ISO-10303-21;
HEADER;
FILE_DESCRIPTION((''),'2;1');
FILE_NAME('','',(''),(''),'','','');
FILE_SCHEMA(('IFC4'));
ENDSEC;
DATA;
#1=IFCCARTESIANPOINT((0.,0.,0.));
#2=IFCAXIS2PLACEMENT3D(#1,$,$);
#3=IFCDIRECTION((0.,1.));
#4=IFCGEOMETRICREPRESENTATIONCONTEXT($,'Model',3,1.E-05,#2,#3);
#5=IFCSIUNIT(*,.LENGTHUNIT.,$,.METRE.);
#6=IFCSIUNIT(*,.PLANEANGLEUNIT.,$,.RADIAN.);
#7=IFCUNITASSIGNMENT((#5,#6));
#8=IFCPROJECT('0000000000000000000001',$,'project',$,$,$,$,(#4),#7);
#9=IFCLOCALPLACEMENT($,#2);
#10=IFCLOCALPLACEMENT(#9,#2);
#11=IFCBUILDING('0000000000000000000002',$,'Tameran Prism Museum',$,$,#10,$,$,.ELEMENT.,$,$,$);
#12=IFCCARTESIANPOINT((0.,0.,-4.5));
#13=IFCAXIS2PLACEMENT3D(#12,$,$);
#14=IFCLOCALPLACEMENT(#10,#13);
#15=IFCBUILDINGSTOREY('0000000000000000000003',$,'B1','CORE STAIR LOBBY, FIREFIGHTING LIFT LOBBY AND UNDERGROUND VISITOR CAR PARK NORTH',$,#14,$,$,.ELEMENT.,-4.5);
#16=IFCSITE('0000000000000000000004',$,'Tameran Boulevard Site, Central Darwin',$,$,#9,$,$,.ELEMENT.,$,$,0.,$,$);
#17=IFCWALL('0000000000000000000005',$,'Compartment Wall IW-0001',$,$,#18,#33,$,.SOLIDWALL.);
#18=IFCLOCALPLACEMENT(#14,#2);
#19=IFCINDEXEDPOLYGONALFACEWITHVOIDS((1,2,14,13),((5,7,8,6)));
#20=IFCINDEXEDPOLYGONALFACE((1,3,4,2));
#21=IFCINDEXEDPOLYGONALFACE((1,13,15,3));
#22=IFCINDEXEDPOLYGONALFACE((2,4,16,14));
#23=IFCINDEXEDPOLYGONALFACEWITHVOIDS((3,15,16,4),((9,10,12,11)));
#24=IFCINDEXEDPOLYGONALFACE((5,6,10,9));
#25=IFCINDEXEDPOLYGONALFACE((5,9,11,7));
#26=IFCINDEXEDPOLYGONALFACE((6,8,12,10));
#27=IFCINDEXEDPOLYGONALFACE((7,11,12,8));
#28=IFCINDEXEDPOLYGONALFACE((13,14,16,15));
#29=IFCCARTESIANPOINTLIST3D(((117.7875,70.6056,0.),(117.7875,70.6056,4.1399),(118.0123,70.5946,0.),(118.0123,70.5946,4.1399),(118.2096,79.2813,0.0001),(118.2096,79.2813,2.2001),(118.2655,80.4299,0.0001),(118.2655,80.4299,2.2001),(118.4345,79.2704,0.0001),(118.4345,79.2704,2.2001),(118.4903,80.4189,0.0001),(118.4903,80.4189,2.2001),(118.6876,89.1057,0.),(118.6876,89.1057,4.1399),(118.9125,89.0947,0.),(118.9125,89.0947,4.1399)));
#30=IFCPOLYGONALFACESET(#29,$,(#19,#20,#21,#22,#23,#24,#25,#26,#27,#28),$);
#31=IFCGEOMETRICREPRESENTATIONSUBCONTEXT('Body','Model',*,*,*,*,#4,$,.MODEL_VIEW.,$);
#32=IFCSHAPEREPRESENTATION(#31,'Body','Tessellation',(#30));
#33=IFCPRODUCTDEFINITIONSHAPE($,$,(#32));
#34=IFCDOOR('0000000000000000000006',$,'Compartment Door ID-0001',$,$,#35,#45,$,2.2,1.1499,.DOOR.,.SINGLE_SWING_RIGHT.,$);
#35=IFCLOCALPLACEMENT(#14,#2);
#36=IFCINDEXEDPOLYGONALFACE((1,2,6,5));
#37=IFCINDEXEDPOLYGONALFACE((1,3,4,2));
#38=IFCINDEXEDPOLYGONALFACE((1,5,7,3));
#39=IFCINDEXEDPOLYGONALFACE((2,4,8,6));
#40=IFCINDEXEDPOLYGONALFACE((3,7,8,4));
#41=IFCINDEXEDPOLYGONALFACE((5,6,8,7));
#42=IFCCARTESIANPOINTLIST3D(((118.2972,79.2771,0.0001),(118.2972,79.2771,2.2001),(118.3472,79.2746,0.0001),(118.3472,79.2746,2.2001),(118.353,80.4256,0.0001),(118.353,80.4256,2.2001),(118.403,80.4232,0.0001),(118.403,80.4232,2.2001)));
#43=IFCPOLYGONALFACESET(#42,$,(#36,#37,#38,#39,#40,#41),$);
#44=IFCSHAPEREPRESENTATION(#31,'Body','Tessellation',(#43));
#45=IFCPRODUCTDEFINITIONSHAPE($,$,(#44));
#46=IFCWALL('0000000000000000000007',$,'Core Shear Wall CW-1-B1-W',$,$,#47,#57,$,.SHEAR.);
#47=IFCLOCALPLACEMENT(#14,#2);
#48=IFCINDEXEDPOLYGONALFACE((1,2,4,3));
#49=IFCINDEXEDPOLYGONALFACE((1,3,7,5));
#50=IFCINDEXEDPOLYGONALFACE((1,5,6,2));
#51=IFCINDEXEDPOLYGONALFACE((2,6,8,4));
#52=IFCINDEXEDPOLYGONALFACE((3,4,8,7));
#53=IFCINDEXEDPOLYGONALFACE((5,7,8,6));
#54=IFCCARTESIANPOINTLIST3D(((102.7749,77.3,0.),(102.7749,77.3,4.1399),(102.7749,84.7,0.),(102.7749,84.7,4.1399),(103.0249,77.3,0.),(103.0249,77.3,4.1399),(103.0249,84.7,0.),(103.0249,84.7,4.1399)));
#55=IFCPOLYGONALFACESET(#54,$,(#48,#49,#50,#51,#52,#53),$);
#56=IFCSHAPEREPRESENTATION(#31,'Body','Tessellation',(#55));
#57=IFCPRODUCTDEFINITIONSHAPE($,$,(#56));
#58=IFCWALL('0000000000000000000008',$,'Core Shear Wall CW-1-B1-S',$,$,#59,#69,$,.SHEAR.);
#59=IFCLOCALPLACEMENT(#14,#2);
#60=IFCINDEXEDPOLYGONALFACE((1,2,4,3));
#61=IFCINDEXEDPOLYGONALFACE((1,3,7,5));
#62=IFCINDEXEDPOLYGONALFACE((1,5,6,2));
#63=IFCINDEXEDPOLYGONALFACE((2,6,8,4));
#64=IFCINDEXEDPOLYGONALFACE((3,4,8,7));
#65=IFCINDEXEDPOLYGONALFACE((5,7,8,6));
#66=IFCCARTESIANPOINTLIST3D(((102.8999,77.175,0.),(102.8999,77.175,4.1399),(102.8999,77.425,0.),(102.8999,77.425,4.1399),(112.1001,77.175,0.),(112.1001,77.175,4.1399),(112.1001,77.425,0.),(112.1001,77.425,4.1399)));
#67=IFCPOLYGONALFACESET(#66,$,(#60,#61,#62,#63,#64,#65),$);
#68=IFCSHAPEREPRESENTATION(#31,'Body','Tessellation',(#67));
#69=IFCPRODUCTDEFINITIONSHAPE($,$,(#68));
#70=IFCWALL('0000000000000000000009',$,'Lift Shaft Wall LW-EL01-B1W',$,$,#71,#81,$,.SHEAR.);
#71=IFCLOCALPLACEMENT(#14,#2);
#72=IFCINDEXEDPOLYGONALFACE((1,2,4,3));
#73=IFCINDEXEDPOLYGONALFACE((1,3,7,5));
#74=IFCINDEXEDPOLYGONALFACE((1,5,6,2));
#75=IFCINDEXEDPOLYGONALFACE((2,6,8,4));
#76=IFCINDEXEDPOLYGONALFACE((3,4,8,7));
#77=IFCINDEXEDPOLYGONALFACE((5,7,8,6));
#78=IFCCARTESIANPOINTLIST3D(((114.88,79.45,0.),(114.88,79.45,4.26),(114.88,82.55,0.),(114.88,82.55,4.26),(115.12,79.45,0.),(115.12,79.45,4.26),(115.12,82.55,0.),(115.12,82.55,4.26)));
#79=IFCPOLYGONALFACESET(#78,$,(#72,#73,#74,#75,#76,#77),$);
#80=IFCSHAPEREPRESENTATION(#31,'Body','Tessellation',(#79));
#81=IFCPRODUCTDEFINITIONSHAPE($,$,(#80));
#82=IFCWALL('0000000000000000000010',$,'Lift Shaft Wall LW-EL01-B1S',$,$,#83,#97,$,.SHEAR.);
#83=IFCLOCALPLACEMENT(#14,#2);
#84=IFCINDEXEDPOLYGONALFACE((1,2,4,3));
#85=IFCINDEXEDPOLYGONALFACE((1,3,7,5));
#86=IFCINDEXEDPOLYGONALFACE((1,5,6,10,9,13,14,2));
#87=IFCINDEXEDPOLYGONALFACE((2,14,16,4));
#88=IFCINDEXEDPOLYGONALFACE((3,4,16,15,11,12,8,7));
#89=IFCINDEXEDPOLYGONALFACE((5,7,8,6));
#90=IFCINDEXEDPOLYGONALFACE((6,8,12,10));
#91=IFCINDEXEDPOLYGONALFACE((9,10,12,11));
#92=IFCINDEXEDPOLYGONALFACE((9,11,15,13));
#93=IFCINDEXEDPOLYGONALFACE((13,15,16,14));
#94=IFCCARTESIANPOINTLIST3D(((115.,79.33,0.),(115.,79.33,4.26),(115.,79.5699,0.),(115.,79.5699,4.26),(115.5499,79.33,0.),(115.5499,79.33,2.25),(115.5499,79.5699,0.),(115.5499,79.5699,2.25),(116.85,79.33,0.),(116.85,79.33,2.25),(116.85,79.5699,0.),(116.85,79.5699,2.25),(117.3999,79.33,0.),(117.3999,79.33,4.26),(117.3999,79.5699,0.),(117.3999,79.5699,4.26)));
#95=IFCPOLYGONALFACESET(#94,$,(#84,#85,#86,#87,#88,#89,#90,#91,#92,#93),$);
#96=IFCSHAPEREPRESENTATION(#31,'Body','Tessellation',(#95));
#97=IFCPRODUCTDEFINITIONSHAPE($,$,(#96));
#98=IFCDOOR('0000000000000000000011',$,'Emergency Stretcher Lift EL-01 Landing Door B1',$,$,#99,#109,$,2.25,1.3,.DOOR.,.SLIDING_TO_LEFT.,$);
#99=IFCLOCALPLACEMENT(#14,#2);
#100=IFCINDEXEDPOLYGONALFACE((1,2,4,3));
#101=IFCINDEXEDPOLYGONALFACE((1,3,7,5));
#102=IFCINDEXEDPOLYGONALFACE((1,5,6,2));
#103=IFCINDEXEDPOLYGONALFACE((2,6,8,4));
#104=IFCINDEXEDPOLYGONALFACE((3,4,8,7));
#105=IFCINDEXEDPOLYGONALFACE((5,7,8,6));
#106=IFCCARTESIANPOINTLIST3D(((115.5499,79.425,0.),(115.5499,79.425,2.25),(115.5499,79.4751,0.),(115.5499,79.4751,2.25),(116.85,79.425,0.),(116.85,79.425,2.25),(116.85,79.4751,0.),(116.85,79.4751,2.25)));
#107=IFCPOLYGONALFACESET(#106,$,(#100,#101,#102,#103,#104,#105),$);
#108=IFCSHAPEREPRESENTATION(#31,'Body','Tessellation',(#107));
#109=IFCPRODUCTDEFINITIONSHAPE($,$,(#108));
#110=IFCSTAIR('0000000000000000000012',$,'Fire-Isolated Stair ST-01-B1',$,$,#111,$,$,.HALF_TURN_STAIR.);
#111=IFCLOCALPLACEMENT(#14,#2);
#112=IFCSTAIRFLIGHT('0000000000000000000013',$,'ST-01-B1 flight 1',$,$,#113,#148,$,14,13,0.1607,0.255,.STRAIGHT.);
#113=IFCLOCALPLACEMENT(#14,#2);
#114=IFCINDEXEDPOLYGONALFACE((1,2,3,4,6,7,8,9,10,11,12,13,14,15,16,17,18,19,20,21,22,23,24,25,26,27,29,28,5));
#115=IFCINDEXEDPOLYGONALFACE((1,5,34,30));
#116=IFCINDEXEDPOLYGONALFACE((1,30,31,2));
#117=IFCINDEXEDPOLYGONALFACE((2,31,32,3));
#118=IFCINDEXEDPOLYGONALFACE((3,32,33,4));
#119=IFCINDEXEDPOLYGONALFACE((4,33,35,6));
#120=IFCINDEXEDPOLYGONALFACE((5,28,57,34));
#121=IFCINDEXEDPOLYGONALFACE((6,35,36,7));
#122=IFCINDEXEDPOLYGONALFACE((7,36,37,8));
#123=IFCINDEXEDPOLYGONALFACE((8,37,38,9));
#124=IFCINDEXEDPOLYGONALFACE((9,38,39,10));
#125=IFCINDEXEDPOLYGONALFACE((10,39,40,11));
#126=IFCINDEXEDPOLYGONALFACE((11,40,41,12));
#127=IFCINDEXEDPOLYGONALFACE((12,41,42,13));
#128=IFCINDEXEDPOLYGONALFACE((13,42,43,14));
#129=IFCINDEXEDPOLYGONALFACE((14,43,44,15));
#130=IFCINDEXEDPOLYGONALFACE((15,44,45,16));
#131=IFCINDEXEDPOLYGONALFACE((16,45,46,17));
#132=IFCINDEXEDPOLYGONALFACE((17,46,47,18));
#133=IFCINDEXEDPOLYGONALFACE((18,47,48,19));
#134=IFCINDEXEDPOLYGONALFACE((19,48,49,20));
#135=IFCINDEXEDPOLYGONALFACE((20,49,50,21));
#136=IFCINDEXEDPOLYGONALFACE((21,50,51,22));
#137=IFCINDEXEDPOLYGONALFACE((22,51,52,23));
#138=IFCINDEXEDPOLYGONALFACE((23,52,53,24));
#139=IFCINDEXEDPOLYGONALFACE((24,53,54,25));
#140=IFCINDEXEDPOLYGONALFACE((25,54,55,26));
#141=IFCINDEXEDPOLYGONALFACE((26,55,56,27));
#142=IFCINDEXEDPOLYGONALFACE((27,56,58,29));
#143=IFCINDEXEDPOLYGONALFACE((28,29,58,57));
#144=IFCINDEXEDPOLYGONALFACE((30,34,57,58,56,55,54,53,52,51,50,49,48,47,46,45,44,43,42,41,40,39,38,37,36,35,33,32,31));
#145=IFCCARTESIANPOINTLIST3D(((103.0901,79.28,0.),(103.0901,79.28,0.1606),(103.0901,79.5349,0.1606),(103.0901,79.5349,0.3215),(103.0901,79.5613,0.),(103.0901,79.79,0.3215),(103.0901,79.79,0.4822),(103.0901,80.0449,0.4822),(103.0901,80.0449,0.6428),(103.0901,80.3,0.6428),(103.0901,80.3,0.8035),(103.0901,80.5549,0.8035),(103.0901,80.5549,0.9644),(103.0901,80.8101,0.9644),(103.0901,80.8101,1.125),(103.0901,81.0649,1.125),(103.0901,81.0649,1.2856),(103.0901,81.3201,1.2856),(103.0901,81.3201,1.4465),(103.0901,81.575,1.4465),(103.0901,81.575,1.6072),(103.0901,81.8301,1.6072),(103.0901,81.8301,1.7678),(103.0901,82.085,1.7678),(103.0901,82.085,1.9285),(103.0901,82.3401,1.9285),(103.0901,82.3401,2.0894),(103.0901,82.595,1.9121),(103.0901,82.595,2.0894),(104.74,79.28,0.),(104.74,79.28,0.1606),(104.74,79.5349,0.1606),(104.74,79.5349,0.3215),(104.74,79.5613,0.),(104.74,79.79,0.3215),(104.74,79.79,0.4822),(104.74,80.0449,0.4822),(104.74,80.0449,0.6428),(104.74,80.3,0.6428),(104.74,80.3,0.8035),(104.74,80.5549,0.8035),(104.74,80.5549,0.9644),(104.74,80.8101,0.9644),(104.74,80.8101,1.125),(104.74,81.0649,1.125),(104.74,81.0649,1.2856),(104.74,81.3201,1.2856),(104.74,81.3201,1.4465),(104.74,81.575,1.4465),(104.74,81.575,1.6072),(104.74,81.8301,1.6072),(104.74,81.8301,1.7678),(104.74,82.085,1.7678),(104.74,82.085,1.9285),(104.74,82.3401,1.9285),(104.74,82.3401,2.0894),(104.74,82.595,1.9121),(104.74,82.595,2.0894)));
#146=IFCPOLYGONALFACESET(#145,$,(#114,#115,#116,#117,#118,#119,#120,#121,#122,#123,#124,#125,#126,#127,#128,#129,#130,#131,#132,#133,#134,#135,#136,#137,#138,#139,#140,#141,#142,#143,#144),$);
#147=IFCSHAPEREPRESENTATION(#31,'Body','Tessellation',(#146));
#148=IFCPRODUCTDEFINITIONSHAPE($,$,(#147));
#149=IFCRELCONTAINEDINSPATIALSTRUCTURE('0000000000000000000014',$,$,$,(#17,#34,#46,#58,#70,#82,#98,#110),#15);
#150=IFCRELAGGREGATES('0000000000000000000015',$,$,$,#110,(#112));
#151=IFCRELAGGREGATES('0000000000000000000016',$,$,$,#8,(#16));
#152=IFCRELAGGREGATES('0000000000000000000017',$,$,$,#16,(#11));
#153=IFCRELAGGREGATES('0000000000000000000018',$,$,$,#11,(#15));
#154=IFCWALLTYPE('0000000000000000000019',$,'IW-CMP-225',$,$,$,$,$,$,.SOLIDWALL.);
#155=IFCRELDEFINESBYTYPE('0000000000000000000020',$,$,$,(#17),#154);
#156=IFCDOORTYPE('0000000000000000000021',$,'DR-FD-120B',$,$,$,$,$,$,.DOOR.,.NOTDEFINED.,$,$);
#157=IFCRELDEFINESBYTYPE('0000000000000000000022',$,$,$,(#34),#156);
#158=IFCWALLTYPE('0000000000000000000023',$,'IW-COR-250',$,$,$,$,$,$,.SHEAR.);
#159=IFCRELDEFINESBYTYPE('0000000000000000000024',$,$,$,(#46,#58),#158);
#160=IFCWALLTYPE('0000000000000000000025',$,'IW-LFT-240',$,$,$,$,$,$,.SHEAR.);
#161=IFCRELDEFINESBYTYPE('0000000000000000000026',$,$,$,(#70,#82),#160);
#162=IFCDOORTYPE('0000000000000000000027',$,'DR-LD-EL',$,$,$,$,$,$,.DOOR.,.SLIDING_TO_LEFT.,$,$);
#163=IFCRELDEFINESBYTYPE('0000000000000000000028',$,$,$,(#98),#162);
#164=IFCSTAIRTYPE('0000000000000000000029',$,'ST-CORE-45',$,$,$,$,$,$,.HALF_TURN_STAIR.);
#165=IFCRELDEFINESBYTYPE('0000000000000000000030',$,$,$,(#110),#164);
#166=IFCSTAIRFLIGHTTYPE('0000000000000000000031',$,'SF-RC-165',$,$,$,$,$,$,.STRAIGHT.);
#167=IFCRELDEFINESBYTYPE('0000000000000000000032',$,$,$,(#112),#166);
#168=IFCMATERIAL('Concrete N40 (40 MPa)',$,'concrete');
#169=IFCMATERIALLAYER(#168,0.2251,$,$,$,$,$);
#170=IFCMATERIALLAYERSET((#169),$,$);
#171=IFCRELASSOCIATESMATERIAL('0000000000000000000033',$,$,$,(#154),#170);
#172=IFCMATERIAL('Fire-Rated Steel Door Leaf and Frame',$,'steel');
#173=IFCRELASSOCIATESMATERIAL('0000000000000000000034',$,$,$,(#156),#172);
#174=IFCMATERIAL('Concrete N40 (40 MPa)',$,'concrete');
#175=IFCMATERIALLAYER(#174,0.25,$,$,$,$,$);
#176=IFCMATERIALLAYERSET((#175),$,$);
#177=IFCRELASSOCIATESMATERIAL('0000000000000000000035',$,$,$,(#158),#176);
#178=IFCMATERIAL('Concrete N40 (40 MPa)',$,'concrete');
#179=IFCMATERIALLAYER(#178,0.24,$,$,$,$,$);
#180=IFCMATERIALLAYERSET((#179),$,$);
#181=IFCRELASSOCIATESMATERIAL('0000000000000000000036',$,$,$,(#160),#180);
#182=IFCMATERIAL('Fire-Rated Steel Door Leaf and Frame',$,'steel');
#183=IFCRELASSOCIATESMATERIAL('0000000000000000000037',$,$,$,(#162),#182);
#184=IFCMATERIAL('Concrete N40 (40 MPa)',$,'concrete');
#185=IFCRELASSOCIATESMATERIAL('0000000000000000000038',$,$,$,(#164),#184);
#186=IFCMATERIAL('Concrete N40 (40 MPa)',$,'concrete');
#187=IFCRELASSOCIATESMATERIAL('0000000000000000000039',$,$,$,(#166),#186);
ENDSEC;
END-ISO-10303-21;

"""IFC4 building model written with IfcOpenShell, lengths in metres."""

from ifc_helpers import new_model, si_unit, direction, frame, frame_2d, origin, place, context, subcontext, project, spatial, polyline, rectangle, outline, extrude, material, layer, layer_set, type_object, element, fill, aggregate, save


model = new_model("IFC4")

# Units and contexts
model_context = context("Model", 3, precision=1e-05, world=origin(), true_north=direction((0.0, 1.0)))
body_context = subcontext(model_context, "Body", "Model", "MODEL_VIEW")
ifc_project = project(units=[si_unit("LENGTHUNIT", "METRE"), si_unit("PLANEANGLEUNIT", "RADIAN")], contexts=[model_context])

# Site, building, storey
site_placement = place(None, origin())
site = spatial("IfcSite", under=ifc_project, at=site_placement, Name="Tameran Boulevard Site, Central Darwin", CompositionType="ELEMENT", RefElevation=0.0)
building_placement = place(site_placement, origin())
building = spatial("IfcBuilding", under=site, at=building_placement, Name="Tameran Prism Museum", CompositionType="ELEMENT")
storey_placement = place(building_placement, frame((0.0, 0.0, -4.5)))
storey = spatial("IfcBuildingStorey", under=building, at=storey_placement, Name="B1", Description="CORE STAIR LOBBY, FIREFIGHTING LIFT LOBBY AND UNDERGROUND VISITOR CAR PARK NORTH", CompositionType="ELEMENT", Elevation=-4.5)

# Wall, opening, door
ifc_material_1 = material(Name="Concrete N40 (40 MPa)", Category="concrete")
ifc_layer_1 = layer(ifc_material_1, 0.2251)
ifc_layer_set_1 = layer_set([ifc_layer_1])
wall_type_1 = type_object("IfcWallType", Name="IW-CMP-225", PredefinedType="SOLIDWALL", material=ifc_layer_set_1)
wall_1_placement = place(storey_placement, frame((117.8999, 70.6001, 0.0), z_axis=(0.0, 0.0, 1.0), x_axis=(0.048599, 0.998818, 0.0)))
wall_1 = element("IfcWall", 1, at=wall_1_placement, inside=storey, type_object=wall_type_1, Name="Compartment Wall IW-0001", PredefinedType="SOLIDWALL", context=body_context, shape_type="SweptSolid", body=[
    extrude(rectangle(XDim=18.522, YDim=0.2251, at=frame_2d((9.261, 0.0))), origin(), (0.0, 0.0, 1.0), 4.1399),
])
opening_1_placement = place(wall_1_placement, frame((8.686, 0.0, 0.0)))
opening_1 = element("IfcOpeningElement", 2, at=opening_1_placement, cuts=wall_1, PredefinedType="OPENING", context=body_context, shape_type="SweptSolid", body=[
    extrude(rectangle(XDim=1.1499, YDim=2.2, at=frame_2d((0.575, 1.1001))), frame((0.0, 0.1226, 0.0), z_axis=(0.0, -1.0, 0.0), x_axis=(1.0, 0.0, 0.0)), (0.0, 0.0, 1.0), 0.2451),
])
ifc_material_2 = material(Name="Fire-Rated Steel Door Leaf and Frame", Category="steel")
door_type_1 = type_object("IfcDoorType", Name="DR-FD-120B", OperationType="NOTDEFINED", PredefinedType="DOOR", material=ifc_material_2)
door_1_placement = place(opening_1_placement, origin())
door_1 = element("IfcDoor", 3, at=door_1_placement, inside=storey, type_object=door_type_1, Name="Compartment Door ID-0001", OperationType="SINGLE_SWING_RIGHT", OverallHeight=2.2, OverallWidth=1.1499, PredefinedType="DOOR", context=body_context, shape_type="SweptSolid", body=[
    extrude(rectangle(XDim=1.1499, YDim=2.2, at=frame_2d((0.575, 1.1001))), frame((0.0, 0.0249, 0.0), z_axis=(0.0, -1.0, 0.0), x_axis=(1.0, 0.0, 0.0)), (0.0, 0.0, 1.0), 0.05),
])
fill(opening_1, door_1)

# Walls
ifc_material_3 = material(Name="Concrete N40 (40 MPa)", Category="concrete")
ifc_layer_2 = layer(ifc_material_3, 0.25)
ifc_layer_set_2 = layer_set([ifc_layer_2])
wall_type_2 = type_object("IfcWallType", Name="IW-COR-250", PredefinedType="SHEAR", material=ifc_layer_set_2)
wall_2_placement = place(storey_placement, frame((102.8999, 77.3, 0.0), z_axis=(0.0, 0.0, 1.0), x_axis=(0.0, 1.0, 0.0)))
element("IfcWall", 4, at=wall_2_placement, inside=storey, type_object=wall_type_2, Name="Core Shear Wall CW-1-B1-W", PredefinedType="SHEAR", context=body_context, shape_type="SweptSolid", body=[
    extrude(rectangle(XDim=7.3999, YDim=0.25, at=frame_2d((3.7, 0.0))), origin(), (0.0, 0.0, 1.0), 4.1399),
])
wall_3_placement = place(storey_placement, frame((112.1001, 77.3, 0.0), z_axis=(0.0, 0.0, 1.0), x_axis=(-1.0, 0.0, 0.0)))
element("IfcWall", 5, at=wall_3_placement, inside=storey, type_object=wall_type_2, Name="Core Shear Wall CW-1-B1-S", PredefinedType="SHEAR", context=body_context, shape_type="SweptSolid", body=[
    extrude(rectangle(XDim=9.2002, YDim=0.25, at=frame_2d((4.6001, 0.0))), origin(), (0.0, 0.0, 1.0), 4.1399),
])
ifc_material_4 = material(Name="Concrete N40 (40 MPa)", Category="concrete")
ifc_layer_3 = layer(ifc_material_4, 0.24)
ifc_layer_set_3 = layer_set([ifc_layer_3])
wall_type_3 = type_object("IfcWallType", Name="IW-LFT-240", PredefinedType="SHEAR", material=ifc_layer_set_3)
wall_4_placement = place(storey_placement, frame((115.0, 79.45, 0.0), z_axis=(0.0, 0.0, 1.0), x_axis=(0.0, 1.0, 0.0)))
element("IfcWall", 6, at=wall_4_placement, inside=storey, type_object=wall_type_3, Name="Lift Shaft Wall LW-EL01-B1W", PredefinedType="SHEAR", context=body_context, shape_type="SweptSolid", body=[
    extrude(rectangle(XDim=3.1001, YDim=0.24, at=frame_2d((1.55, 0.0))), origin(), (0.0, 0.0, 1.0), 4.26),
])

# Wall, opening, door
wall_5_placement = place(storey_placement, frame((117.3999, 79.45, 0.0), z_axis=(0.0, 0.0, 1.0), x_axis=(-1.0, 0.0, 0.0)))
wall_5 = element("IfcWall", 7, at=wall_5_placement, inside=storey, type_object=wall_type_3, Name="Lift Shaft Wall LW-EL01-B1S", PredefinedType="SHEAR", context=body_context, shape_type="SweptSolid", body=[
    extrude(rectangle(XDim=2.3999, YDim=0.24, at=frame_2d((1.2, 0.0))), origin(), (0.0, 0.0, 1.0), 4.26),
])
opening_2_placement = place(wall_5_placement, frame((0.55, 0.0, 0.0)))
opening_2 = element("IfcOpeningElement", 8, at=opening_2_placement, cuts=wall_5, PredefinedType="OPENING", context=body_context, shape_type="SweptSolid", body=[
    extrude(rectangle(XDim=1.3, YDim=2.25, at=frame_2d((0.6499, 1.125))), frame((0.0, 0.1299, 0.0), z_axis=(0.0, -1.0, 0.0), x_axis=(1.0, 0.0, 0.0)), (0.0, 0.0, 1.0), 0.26),
])
ifc_material_5 = material(Name="Fire-Rated Steel Door Leaf and Frame", Category="steel")
door_type_2 = type_object("IfcDoorType", Name="DR-LD-EL", OperationType="SLIDING_TO_LEFT", PredefinedType="DOOR", material=ifc_material_5)
door_2_placement = place(opening_2_placement, origin())
door_2 = element("IfcDoor", 9, at=door_2_placement, inside=storey, type_object=door_type_2, Name="Emergency Stretcher Lift EL-01 Landing Door B1", OperationType="SLIDING_TO_LEFT", OverallHeight=2.25, OverallWidth=1.3, PredefinedType="DOOR", context=body_context, shape_type="SweptSolid", body=[
    extrude(rectangle(XDim=1.3, YDim=2.25, at=frame_2d((0.6499, 1.125))), frame((0.0, 0.0249, 0.0), z_axis=(0.0, -1.0, 0.0), x_axis=(1.0, 0.0, 0.0)), (0.0, 0.0, 1.0), 0.05),
])
fill(opening_2, door_2)

# Stair, stair flight
ifc_material_6 = material(Name="Concrete N40 (40 MPa)", Category="concrete")
stair_type = type_object("IfcStairType", Name="ST-CORE-45", PredefinedType="HALF_TURN_STAIR", material=ifc_material_6)
stair_placement = place(storey_placement, origin())
stair = element("IfcStair", 10, at=stair_placement, inside=storey, type_object=stair_type, Name="Fire-Isolated Stair ST-01-B1", PredefinedType="HALF_TURN_STAIR")
ifc_material_7 = material(Name="Concrete N40 (40 MPa)", Category="concrete")
stair_flight_type = type_object("IfcStairFlightType", Name="SF-RC-165", PredefinedType="STRAIGHT", material=ifc_material_7)
stair_flight_placement = place(storey_placement, frame((103.915, 79.28, 0.0), z_axis=(0.0, 0.0, 1.0), x_axis=(0.0, 1.0, 0.0)))
stair_flight = element("IfcStairFlight", 11, at=stair_flight_placement, type_object=stair_flight_type, Name="ST-01-B1 flight 1", NumberOfRisers=14, NumberOfTreads=13, PredefinedType="STRAIGHT", RiserHeight=0.1607, TreadLength=0.255, context=body_context, shape_type="SweptSolid", body=[
    extrude(outline(polyline([(0.0, 0.0), (0.0, 0.1606), (0.2549, 0.1606), (0.2549, 0.3215), (0.51, 0.3215), (0.51, 0.4822), (0.7649, 0.4822), (0.7649, 0.6428), (1.02, 0.6428), (1.02, 0.8035), (1.2749, 0.8035), (1.2749, 0.9644), (1.53, 0.9644), (1.53, 1.125), (1.7849, 1.125), (1.7849, 1.2856), (2.04, 1.2856), (2.04, 1.4465), (2.2949, 1.4465), (2.2949, 1.6072), (2.55, 1.6072), (2.55, 1.7678), (2.8049, 1.7678), (2.8049, 1.9285), (3.0601, 1.9285), (3.0601, 2.0894), (3.3149, 2.0894), (3.3149, 2.25), (3.3149, 1.9121), (0.2812, 0.0), (0.0, 0.0)])), frame((0.0, 0.825, 0.0), z_axis=(0.0, -1.0, 0.0), x_axis=(1.0, 0.0, 0.0)), (0.0, 0.0, 1.0), 1.6499),
])
aggregate(stair, [stair_flight])

save(model, "model.ifc")
